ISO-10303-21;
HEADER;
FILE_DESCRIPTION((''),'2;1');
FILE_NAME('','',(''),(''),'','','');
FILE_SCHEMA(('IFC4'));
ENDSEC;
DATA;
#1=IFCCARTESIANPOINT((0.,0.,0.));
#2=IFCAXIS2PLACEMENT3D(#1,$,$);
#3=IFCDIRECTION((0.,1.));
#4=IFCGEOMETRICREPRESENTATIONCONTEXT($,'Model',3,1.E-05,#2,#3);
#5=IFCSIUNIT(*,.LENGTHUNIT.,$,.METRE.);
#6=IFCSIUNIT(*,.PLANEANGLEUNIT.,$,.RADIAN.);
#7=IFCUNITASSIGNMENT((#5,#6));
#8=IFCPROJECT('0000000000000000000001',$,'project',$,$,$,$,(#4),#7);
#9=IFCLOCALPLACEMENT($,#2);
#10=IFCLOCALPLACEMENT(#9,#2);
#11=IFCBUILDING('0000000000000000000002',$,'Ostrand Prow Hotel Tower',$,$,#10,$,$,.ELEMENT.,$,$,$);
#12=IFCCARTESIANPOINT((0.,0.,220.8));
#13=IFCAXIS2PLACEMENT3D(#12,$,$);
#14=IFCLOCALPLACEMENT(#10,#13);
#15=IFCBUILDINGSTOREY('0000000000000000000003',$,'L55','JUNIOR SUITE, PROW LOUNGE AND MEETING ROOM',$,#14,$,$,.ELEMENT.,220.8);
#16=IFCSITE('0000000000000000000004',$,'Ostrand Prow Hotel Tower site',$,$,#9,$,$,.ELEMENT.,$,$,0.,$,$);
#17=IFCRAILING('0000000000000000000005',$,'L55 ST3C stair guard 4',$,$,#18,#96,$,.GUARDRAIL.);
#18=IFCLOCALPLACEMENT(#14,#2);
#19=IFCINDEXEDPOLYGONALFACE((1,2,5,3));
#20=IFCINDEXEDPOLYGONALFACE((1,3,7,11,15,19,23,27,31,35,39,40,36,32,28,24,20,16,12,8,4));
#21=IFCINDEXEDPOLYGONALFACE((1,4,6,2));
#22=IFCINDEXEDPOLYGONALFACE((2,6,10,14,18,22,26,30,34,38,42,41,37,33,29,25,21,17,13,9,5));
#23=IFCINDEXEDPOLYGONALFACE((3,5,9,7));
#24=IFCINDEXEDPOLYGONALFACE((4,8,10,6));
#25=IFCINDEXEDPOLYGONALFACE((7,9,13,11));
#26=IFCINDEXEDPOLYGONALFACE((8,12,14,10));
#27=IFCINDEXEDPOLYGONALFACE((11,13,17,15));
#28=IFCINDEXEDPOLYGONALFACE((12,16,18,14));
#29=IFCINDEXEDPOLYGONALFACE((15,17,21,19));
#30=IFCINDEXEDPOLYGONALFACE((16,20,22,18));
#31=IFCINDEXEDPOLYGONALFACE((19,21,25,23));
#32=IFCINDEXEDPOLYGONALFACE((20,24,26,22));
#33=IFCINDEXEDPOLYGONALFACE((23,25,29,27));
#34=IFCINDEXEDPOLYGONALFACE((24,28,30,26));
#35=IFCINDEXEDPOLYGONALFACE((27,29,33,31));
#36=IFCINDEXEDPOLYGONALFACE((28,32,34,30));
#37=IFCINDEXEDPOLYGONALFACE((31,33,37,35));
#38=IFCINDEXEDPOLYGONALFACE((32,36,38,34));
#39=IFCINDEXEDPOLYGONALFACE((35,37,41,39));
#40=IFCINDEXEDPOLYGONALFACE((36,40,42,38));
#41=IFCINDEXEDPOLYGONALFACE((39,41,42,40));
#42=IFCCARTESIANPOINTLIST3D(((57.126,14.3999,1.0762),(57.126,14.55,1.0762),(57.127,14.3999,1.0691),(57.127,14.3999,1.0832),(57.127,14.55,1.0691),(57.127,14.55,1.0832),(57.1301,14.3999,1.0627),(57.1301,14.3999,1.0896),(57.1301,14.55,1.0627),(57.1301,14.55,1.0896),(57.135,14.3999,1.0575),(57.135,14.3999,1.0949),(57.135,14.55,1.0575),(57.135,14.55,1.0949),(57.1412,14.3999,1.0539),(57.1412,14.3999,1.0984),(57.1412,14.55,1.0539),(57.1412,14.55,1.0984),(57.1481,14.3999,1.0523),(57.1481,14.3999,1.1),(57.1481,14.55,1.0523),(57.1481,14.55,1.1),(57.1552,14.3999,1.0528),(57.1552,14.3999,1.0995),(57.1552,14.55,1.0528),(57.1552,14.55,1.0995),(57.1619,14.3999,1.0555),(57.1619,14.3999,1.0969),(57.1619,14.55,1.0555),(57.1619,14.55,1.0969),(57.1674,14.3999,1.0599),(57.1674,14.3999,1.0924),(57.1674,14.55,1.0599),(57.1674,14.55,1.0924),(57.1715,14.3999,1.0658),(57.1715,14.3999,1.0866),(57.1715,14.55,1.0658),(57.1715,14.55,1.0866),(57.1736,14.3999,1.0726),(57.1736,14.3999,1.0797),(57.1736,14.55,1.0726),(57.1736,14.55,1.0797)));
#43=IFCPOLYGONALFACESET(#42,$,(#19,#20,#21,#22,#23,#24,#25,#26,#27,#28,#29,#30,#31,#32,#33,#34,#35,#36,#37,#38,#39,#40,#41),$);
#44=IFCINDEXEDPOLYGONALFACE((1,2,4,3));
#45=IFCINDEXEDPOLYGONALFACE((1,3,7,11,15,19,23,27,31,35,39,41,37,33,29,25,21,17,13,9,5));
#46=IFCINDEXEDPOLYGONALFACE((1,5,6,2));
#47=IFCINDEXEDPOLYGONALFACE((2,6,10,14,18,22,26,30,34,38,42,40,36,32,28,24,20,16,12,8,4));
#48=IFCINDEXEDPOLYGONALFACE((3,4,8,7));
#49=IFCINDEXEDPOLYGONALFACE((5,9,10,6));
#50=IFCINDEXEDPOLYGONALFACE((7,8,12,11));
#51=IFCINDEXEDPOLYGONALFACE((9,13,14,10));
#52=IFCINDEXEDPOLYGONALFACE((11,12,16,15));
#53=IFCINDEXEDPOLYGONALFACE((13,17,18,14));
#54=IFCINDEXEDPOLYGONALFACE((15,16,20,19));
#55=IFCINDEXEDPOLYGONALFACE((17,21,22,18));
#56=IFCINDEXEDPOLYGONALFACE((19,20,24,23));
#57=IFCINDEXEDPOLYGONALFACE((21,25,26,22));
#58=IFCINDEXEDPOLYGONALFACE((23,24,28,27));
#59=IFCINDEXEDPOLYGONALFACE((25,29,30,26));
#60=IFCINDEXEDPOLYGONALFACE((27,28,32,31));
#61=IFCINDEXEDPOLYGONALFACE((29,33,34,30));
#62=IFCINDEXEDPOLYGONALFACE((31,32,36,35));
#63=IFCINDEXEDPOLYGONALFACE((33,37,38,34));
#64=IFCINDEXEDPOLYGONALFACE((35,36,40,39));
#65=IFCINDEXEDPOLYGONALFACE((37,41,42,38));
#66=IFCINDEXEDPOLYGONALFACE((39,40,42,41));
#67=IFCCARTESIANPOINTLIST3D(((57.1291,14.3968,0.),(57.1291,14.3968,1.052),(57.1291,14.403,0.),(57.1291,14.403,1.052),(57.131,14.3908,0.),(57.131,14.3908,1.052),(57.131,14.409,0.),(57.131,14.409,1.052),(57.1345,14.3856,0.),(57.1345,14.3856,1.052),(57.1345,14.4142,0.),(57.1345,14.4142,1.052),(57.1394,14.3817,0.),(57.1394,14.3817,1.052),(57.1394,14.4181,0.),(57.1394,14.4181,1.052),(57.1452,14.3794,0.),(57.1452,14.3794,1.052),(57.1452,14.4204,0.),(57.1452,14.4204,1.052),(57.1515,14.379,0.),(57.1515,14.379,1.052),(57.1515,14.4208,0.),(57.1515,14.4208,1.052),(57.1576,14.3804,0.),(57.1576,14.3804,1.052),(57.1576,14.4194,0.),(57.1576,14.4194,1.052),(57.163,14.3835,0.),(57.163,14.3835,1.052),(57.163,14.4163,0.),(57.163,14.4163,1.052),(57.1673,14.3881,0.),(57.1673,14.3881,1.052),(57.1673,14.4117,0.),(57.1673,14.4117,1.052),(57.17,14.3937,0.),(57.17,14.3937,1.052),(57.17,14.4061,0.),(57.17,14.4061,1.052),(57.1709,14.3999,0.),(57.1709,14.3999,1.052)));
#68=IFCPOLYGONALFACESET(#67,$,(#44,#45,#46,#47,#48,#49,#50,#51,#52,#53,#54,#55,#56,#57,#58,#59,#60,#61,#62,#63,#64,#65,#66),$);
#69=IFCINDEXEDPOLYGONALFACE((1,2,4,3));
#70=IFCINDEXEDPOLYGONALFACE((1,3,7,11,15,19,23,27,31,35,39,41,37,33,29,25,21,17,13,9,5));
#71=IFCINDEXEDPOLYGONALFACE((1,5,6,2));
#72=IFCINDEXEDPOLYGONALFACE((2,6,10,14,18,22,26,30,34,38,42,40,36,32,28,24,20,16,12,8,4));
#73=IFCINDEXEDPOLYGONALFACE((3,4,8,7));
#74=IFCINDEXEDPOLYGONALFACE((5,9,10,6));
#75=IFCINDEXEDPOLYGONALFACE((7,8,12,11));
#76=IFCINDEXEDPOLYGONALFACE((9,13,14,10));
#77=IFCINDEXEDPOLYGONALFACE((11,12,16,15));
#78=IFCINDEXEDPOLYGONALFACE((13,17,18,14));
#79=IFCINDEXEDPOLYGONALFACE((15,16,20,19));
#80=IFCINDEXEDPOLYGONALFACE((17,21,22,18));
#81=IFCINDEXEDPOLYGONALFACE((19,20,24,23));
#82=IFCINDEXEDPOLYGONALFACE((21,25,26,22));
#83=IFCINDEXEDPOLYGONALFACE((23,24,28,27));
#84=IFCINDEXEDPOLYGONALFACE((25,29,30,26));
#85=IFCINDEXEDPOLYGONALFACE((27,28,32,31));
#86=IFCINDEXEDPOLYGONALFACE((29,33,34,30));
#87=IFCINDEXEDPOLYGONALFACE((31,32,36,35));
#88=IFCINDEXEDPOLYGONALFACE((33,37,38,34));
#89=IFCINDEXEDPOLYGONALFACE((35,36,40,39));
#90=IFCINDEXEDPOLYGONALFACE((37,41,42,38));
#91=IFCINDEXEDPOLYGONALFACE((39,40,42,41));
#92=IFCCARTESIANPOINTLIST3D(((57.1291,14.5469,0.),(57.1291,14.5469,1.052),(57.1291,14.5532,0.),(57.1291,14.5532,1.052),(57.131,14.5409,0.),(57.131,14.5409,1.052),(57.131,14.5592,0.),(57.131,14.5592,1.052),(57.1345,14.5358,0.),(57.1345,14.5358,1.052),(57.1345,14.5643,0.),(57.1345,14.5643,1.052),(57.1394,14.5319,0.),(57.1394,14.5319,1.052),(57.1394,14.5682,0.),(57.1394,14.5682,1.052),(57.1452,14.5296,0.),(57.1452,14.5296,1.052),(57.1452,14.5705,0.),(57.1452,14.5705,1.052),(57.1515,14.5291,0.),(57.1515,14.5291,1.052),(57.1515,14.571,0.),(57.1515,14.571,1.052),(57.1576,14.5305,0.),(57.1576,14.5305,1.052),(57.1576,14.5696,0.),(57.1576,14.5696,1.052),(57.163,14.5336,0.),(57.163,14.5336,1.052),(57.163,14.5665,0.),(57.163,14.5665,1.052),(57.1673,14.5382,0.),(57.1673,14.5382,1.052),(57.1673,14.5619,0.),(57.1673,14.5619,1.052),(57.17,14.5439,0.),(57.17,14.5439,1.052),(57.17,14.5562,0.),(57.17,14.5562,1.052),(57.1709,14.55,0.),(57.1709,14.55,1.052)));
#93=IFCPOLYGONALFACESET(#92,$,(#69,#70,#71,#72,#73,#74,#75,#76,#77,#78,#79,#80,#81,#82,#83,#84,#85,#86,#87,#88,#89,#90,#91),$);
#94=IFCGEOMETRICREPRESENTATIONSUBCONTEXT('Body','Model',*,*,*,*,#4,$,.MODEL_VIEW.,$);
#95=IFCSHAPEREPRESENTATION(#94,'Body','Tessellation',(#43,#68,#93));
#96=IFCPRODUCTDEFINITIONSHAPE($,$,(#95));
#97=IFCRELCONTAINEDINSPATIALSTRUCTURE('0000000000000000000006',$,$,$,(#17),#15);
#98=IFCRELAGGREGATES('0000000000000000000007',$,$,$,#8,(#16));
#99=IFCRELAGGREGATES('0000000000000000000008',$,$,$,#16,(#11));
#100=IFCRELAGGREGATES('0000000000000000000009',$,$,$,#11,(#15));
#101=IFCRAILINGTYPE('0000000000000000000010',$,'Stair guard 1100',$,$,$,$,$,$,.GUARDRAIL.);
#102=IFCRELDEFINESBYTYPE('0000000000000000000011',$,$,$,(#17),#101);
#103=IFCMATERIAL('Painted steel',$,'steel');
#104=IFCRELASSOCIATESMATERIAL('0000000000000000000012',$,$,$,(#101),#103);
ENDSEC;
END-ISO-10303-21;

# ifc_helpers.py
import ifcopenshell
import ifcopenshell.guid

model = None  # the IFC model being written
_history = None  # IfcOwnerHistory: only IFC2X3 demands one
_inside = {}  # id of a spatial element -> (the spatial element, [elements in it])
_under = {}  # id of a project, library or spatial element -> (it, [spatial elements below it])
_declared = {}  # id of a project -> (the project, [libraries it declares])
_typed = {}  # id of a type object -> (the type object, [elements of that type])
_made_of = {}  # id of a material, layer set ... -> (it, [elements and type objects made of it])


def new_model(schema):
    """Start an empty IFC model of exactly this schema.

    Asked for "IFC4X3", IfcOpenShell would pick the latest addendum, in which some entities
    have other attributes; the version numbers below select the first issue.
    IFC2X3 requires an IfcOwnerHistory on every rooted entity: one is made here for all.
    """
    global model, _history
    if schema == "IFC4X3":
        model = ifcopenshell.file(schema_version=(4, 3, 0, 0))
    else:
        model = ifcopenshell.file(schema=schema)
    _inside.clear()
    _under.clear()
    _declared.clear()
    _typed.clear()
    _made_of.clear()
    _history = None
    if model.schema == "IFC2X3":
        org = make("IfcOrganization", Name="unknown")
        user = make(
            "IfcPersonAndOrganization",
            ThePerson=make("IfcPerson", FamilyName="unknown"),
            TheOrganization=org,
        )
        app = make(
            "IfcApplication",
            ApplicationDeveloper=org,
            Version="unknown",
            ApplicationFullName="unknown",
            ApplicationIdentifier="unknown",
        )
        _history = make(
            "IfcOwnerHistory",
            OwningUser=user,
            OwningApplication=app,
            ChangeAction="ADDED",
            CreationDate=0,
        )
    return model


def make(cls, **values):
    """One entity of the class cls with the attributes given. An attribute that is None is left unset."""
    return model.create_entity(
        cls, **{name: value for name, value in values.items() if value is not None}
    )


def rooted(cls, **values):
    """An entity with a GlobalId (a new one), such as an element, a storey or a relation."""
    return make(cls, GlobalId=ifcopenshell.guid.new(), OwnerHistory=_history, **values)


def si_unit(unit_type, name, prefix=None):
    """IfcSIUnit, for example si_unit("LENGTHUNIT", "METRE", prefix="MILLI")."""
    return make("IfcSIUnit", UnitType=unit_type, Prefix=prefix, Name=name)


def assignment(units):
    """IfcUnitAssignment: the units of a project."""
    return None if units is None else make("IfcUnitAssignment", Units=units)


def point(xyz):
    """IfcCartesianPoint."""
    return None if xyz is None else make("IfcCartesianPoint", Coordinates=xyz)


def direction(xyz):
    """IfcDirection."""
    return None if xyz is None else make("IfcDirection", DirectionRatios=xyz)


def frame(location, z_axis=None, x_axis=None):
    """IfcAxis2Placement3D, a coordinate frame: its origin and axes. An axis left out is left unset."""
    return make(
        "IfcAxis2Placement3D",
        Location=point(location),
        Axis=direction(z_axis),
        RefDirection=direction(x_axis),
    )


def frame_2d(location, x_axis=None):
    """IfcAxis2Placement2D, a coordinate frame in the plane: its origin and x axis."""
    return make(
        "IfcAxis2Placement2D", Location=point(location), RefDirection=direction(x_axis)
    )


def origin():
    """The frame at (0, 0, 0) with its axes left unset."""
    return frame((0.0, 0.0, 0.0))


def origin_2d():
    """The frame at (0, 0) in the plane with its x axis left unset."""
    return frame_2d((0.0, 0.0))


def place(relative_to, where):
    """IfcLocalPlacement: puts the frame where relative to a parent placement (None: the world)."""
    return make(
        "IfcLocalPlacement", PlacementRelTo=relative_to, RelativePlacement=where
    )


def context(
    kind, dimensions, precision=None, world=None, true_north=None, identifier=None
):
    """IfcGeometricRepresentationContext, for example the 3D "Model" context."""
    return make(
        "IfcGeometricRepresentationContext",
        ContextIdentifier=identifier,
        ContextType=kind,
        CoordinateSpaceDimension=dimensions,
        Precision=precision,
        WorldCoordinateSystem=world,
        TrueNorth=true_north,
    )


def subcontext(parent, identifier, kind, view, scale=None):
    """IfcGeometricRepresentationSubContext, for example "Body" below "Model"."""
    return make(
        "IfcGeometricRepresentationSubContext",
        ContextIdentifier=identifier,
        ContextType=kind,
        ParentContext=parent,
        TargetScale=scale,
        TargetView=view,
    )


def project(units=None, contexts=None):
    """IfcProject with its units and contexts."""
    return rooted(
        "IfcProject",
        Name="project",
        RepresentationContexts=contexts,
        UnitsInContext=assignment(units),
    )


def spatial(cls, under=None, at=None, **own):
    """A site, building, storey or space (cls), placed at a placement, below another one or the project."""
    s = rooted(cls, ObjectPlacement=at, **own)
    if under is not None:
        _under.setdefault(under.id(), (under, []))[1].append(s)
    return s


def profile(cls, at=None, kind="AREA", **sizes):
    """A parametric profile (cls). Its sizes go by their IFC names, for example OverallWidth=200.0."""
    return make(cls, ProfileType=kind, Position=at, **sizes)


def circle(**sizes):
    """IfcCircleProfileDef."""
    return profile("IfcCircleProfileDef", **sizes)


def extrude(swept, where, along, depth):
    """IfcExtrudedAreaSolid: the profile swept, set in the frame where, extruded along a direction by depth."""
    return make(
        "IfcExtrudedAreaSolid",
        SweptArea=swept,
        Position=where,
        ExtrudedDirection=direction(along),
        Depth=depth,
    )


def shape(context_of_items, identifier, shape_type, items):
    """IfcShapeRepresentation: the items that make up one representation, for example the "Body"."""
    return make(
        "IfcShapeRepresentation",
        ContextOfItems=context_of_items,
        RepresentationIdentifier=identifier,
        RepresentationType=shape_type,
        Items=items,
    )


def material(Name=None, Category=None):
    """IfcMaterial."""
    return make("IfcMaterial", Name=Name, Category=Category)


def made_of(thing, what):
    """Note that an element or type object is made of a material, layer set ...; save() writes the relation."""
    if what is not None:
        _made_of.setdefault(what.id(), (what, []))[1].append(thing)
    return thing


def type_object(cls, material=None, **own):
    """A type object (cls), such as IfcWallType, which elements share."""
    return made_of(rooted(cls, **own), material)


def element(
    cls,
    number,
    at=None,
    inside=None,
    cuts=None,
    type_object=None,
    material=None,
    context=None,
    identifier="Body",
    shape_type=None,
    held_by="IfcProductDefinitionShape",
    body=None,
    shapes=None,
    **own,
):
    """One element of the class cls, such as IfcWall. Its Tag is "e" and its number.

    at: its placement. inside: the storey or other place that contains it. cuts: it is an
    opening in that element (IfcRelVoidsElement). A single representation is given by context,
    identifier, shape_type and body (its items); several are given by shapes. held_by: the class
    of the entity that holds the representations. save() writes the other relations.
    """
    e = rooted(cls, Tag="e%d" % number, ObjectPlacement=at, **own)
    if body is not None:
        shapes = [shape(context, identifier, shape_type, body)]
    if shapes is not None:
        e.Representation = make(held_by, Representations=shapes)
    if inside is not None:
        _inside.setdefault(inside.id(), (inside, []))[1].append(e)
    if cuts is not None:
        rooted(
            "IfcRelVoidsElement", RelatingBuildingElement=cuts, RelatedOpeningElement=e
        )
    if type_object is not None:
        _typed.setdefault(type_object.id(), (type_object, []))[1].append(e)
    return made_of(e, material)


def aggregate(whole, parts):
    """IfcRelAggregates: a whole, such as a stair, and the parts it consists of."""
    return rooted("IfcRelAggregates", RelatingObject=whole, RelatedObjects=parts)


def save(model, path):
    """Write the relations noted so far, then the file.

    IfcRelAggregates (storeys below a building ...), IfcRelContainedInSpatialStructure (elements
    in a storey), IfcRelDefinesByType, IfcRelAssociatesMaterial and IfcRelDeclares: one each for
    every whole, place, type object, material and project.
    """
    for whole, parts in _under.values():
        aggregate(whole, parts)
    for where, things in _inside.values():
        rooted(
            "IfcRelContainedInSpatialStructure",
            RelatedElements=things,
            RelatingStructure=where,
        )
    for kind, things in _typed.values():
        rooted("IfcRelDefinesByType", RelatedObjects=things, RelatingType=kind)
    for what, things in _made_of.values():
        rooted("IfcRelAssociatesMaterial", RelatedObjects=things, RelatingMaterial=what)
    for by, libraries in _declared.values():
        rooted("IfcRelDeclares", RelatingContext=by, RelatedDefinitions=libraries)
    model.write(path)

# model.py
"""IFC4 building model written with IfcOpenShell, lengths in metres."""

from ifc_helpers import new_model, si_unit, direction, frame, origin, origin_2d, place, context, subcontext, project, spatial, circle, extrude, material, type_object, element, save


model = new_model("IFC4")

# Units and contexts
model_context = context("Model", 3, precision=1e-05, world=origin(), true_north=direction((0.0, 1.0)))
body_context = subcontext(model_context, "Body", "Model", "MODEL_VIEW")
ifc_project = project(units=[si_unit("LENGTHUNIT", "METRE"), si_unit("PLANEANGLEUNIT", "RADIAN")], contexts=[model_context])

# Site, building, storey
site_placement = place(None, origin())
site = spatial("IfcSite", under=ifc_project, at=site_placement, Name="Ostrand Prow Hotel Tower site", CompositionType="ELEMENT", RefElevation=0.0)
building_placement = place(site_placement, origin())
building = spatial("IfcBuilding", under=site, at=building_placement, Name="Ostrand Prow Hotel Tower", CompositionType="ELEMENT")
storey_placement = place(building_placement, frame((0.0, 0.0, 220.8)))
storey = spatial("IfcBuildingStorey", under=building, at=storey_placement, Name="L55", Description="JUNIOR SUITE, PROW LOUNGE AND MEETING ROOM", CompositionType="ELEMENT", Elevation=220.8)

# Railing
ifc_material_1 = material(Name="Painted steel", Category="steel")
railing_type_1 = type_object("IfcRailingType", Name="Stair guard 1100", PredefinedType="GUARDRAIL", material=ifc_material_1)
railing_1_placement = place(storey_placement, frame((57.1499, 14.3999, 0.0)))
element("IfcRailing", 1, at=railing_1_placement, inside=storey, type_object=railing_type_1, Name="L55 ST3C stair guard 4", PredefinedType="GUARDRAIL", context=body_context, shape_type="SweptSolid", body=[
    extrude(circle(Radius=0.0239, at=origin_2d()), frame((0.0, 0.0, 1.0762), z_axis=(0.0, 1.0, 0.0), x_axis=(-1.0, 0.0, 0.0)), (0.0, 0.0, 1.0), 0.1501),
    extrude(circle(Radius=0.021, at=origin_2d()), origin(), (0.0, 0.0, 1.0), 1.052),
    extrude(circle(Radius=0.021, at=origin_2d()), frame((0.0, 0.1501, 0.0)), (0.0, 0.0, 1.0), 1.052),
])

save(model, "model.ifc")
